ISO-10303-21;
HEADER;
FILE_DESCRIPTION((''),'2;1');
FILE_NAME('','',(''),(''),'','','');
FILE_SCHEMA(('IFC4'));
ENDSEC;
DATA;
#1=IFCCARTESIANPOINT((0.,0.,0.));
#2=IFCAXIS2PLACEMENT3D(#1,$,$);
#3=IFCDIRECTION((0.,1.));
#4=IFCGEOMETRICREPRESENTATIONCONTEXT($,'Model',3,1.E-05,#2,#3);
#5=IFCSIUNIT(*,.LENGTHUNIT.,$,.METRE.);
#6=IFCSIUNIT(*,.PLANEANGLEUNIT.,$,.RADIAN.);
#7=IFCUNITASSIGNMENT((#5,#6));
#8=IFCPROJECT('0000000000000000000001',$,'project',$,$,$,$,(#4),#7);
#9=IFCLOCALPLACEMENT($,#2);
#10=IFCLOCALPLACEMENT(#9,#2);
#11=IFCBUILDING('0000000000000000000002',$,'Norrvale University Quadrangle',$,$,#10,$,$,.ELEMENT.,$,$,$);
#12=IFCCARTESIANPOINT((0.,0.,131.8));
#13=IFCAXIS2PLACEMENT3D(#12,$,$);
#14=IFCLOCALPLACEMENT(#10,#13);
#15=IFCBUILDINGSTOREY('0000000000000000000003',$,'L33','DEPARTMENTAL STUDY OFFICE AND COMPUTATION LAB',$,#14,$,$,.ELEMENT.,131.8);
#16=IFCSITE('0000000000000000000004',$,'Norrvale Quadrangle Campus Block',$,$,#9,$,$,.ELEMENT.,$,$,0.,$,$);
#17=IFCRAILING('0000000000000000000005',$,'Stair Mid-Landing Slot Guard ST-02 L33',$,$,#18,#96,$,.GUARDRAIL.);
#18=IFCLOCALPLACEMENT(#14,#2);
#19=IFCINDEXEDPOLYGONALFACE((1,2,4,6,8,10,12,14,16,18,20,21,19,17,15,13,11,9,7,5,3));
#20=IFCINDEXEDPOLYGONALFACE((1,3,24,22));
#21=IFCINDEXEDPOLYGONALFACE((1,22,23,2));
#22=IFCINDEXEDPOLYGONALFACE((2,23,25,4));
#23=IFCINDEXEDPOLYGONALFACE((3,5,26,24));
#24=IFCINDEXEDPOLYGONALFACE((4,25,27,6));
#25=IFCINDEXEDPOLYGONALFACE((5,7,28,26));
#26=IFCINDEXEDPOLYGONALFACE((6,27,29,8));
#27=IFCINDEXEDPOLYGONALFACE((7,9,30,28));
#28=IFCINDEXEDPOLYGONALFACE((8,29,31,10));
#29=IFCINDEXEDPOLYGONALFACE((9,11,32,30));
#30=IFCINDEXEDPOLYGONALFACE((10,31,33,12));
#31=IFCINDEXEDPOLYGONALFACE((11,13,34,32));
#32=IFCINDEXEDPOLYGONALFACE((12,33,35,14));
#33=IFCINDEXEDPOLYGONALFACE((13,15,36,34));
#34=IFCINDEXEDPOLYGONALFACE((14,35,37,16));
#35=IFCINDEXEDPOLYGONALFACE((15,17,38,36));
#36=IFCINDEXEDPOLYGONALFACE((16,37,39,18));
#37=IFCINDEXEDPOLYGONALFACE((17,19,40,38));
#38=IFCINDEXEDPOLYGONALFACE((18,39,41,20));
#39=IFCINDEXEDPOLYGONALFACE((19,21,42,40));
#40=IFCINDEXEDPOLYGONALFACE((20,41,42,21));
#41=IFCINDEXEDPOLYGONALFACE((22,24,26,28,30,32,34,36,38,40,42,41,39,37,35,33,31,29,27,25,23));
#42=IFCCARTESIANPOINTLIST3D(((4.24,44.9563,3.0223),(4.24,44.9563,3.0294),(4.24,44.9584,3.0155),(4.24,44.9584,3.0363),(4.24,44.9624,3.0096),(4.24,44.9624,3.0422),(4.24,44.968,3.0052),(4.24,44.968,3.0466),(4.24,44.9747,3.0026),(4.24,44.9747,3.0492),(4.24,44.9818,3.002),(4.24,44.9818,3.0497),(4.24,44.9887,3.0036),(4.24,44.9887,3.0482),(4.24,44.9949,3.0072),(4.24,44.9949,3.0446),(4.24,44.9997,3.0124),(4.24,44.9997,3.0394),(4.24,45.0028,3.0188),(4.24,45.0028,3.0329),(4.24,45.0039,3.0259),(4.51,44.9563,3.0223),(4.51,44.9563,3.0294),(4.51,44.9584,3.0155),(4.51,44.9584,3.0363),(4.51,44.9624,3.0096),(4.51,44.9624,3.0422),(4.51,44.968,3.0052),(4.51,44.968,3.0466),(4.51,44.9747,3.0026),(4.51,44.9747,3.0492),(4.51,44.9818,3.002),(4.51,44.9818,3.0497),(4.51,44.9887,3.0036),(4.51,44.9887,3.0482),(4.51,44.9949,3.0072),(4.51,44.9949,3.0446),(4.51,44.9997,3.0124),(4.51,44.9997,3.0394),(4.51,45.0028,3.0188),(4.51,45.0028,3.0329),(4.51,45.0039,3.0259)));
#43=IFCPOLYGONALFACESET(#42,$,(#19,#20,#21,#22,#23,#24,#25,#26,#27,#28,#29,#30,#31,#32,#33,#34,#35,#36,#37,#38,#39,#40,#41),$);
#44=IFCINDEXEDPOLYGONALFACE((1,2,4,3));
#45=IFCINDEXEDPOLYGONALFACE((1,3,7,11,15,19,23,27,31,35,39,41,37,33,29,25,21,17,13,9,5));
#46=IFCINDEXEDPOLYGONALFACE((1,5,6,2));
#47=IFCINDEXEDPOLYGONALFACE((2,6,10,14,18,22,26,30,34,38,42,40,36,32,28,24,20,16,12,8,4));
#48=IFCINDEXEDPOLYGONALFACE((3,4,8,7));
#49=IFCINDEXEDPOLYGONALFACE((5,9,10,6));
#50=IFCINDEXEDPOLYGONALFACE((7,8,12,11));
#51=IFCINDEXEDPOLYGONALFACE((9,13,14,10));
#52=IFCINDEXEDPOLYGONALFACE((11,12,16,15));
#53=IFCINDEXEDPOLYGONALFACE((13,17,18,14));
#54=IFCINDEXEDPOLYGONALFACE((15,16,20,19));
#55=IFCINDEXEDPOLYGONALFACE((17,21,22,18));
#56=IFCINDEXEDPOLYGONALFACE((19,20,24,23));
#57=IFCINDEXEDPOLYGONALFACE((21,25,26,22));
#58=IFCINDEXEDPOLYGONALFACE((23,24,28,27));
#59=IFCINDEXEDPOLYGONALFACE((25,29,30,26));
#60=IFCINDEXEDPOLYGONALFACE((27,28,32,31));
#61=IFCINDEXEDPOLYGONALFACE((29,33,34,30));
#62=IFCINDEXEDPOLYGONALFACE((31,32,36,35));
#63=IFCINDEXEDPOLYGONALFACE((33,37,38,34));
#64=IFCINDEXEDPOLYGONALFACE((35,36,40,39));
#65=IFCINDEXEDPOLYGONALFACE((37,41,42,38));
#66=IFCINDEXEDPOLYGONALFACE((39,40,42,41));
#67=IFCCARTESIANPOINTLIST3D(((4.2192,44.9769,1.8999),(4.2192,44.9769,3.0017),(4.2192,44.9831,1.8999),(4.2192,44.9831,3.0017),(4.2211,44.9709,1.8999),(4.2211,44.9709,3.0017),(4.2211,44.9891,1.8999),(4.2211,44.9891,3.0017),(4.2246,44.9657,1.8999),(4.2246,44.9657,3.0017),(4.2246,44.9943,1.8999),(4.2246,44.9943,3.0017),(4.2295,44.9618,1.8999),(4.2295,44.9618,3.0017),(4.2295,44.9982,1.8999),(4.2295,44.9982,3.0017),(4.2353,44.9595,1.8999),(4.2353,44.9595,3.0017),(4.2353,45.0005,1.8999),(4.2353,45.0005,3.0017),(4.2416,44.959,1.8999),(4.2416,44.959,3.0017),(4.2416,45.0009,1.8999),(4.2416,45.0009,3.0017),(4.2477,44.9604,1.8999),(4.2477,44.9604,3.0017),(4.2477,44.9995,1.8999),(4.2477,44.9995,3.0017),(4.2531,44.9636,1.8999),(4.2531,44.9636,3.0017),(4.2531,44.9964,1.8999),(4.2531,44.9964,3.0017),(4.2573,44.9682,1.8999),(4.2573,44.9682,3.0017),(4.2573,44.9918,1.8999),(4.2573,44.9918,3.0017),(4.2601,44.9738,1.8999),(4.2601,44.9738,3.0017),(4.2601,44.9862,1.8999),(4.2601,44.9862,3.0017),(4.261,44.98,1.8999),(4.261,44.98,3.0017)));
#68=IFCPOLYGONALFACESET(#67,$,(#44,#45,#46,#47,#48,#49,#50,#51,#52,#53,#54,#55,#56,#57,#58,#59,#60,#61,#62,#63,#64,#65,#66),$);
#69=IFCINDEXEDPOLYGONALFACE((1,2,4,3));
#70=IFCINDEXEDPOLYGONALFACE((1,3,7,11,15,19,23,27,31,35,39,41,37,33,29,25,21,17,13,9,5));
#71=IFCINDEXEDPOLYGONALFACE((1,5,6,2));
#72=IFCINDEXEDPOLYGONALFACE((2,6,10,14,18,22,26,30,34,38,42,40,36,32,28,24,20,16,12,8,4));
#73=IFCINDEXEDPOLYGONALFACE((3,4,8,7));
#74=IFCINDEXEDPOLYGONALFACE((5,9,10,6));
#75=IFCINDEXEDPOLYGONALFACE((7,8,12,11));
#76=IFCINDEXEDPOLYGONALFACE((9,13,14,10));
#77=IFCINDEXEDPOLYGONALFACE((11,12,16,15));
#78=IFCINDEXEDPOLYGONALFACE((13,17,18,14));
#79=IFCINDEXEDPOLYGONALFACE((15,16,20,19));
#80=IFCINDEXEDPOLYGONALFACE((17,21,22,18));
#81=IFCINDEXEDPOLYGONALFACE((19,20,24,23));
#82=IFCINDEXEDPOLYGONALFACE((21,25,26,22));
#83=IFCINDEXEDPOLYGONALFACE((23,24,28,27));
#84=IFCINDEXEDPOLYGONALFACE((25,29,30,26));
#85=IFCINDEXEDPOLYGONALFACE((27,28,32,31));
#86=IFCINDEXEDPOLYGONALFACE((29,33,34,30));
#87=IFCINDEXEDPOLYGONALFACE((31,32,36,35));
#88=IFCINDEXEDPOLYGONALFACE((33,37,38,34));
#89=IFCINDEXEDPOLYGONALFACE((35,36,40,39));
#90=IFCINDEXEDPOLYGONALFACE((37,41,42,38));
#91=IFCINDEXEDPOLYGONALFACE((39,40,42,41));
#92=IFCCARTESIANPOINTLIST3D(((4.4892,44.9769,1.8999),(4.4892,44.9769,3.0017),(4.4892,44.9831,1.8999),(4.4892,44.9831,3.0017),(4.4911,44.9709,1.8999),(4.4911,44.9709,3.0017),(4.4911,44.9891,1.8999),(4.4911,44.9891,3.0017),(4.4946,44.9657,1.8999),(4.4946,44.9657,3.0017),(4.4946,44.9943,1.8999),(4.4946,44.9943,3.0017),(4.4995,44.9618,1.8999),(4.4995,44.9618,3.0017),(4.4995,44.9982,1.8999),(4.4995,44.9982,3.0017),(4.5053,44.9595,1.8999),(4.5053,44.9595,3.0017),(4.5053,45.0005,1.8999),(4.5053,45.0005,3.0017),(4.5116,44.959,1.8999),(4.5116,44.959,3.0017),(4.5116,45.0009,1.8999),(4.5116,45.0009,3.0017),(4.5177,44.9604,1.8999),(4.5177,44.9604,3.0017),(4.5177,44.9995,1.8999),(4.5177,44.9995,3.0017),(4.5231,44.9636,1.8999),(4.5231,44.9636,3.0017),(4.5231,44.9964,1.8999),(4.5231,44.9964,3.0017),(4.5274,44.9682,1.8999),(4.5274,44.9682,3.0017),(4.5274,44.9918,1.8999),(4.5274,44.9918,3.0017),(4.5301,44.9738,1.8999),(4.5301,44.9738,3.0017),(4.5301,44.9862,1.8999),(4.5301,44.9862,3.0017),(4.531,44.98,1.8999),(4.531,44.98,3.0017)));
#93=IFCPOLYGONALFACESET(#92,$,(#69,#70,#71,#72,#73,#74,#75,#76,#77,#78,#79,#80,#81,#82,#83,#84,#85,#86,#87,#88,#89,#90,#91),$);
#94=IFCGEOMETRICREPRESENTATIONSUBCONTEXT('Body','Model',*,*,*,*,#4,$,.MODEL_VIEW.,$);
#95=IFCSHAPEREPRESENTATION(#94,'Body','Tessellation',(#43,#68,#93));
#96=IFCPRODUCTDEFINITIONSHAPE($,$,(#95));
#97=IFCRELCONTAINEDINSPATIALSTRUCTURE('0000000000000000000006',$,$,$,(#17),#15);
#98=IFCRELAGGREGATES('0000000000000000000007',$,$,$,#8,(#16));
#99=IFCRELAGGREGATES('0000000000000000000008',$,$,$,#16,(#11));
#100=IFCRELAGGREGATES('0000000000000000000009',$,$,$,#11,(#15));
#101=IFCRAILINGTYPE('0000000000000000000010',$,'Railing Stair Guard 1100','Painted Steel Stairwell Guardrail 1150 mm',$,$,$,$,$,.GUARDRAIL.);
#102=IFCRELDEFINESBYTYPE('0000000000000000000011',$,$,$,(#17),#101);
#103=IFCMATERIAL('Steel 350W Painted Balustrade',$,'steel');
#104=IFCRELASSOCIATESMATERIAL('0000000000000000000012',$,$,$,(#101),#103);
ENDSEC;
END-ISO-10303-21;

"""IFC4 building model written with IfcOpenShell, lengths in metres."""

from ifc_helpers import new_model, si_unit, direction, frame, origin, origin_2d, place, context, subcontext, project, spatial, circle, extrude, material, type_object, element, save


model = new_model("IFC4")

# Units and contexts
model_context = context("Model", 3, precision=1e-05, world=origin(), true_north=direction((0.0, 1.0)))
body_context = subcontext(model_context, "Body", "Model", "MODEL_VIEW")
ifc_project = project(units=[si_unit("LENGTHUNIT", "METRE"), si_unit("PLANEANGLEUNIT", "RADIAN")], contexts=[model_context])

# Site, building, storey
site_placement = place(None, origin())
site = spatial("IfcSite", under=ifc_project, at=site_placement, Name="Norrvale Quadrangle Campus Block", CompositionType="ELEMENT", RefElevation=0.0)
building_placement = place(site_placement, origin())
building = spatial("IfcBuilding", under=site, at=building_placement, Name="Norrvale University Quadrangle", CompositionType="ELEMENT")
storey_placement = place(building_placement, frame((0.0, 0.0, 131.8)))
storey = spatial("IfcBuildingStorey", under=building, at=storey_placement, Name="L33", Description="DEPARTMENTAL STUDY OFFICE AND COMPUTATION LAB", CompositionType="ELEMENT", Elevation=131.8)

# Railing
ifc_material_1 = material(Name="Steel 350W Painted Balustrade", Category="steel")
railing_type_1 = type_object("IfcRailingType", Name="Railing Stair Guard 1100", Description="Painted Steel Stairwell Guardrail 1150 mm", PredefinedType="GUARDRAIL", material=ifc_material_1)
for number, where, name in (
    (1, (4.24, 44.98, 1.8999), "Stair Mid-Landing Slot Guard ST-02 L33"),
):
    element("IfcRailing", number, at=place(storey_placement, frame(where)), inside=storey, type_object=railing_type_1, Name=name, PredefinedType="GUARDRAIL", context=body_context, shape_type="SweptSolid", body=[
        extrude(circle(Radius=0.0239, at=origin_2d()), frame((0.0, 0.0, 1.126), z_axis=(1.0, 0.0, 0.0), x_axis=(0.0, 1.0, 0.0)), (0.0, 0.0, 1.0), 0.27),
        extrude(circle(Radius=0.021, at=origin_2d()), origin(), (0.0, 0.0, 1.0), 1.1018),
        extrude(circle(Radius=0.021, at=origin_2d()), frame((0.27, 0.0, 0.0)), (0.0, 0.0, 1.0), 1.1018),
    ])

save(model, "model.ifc")
